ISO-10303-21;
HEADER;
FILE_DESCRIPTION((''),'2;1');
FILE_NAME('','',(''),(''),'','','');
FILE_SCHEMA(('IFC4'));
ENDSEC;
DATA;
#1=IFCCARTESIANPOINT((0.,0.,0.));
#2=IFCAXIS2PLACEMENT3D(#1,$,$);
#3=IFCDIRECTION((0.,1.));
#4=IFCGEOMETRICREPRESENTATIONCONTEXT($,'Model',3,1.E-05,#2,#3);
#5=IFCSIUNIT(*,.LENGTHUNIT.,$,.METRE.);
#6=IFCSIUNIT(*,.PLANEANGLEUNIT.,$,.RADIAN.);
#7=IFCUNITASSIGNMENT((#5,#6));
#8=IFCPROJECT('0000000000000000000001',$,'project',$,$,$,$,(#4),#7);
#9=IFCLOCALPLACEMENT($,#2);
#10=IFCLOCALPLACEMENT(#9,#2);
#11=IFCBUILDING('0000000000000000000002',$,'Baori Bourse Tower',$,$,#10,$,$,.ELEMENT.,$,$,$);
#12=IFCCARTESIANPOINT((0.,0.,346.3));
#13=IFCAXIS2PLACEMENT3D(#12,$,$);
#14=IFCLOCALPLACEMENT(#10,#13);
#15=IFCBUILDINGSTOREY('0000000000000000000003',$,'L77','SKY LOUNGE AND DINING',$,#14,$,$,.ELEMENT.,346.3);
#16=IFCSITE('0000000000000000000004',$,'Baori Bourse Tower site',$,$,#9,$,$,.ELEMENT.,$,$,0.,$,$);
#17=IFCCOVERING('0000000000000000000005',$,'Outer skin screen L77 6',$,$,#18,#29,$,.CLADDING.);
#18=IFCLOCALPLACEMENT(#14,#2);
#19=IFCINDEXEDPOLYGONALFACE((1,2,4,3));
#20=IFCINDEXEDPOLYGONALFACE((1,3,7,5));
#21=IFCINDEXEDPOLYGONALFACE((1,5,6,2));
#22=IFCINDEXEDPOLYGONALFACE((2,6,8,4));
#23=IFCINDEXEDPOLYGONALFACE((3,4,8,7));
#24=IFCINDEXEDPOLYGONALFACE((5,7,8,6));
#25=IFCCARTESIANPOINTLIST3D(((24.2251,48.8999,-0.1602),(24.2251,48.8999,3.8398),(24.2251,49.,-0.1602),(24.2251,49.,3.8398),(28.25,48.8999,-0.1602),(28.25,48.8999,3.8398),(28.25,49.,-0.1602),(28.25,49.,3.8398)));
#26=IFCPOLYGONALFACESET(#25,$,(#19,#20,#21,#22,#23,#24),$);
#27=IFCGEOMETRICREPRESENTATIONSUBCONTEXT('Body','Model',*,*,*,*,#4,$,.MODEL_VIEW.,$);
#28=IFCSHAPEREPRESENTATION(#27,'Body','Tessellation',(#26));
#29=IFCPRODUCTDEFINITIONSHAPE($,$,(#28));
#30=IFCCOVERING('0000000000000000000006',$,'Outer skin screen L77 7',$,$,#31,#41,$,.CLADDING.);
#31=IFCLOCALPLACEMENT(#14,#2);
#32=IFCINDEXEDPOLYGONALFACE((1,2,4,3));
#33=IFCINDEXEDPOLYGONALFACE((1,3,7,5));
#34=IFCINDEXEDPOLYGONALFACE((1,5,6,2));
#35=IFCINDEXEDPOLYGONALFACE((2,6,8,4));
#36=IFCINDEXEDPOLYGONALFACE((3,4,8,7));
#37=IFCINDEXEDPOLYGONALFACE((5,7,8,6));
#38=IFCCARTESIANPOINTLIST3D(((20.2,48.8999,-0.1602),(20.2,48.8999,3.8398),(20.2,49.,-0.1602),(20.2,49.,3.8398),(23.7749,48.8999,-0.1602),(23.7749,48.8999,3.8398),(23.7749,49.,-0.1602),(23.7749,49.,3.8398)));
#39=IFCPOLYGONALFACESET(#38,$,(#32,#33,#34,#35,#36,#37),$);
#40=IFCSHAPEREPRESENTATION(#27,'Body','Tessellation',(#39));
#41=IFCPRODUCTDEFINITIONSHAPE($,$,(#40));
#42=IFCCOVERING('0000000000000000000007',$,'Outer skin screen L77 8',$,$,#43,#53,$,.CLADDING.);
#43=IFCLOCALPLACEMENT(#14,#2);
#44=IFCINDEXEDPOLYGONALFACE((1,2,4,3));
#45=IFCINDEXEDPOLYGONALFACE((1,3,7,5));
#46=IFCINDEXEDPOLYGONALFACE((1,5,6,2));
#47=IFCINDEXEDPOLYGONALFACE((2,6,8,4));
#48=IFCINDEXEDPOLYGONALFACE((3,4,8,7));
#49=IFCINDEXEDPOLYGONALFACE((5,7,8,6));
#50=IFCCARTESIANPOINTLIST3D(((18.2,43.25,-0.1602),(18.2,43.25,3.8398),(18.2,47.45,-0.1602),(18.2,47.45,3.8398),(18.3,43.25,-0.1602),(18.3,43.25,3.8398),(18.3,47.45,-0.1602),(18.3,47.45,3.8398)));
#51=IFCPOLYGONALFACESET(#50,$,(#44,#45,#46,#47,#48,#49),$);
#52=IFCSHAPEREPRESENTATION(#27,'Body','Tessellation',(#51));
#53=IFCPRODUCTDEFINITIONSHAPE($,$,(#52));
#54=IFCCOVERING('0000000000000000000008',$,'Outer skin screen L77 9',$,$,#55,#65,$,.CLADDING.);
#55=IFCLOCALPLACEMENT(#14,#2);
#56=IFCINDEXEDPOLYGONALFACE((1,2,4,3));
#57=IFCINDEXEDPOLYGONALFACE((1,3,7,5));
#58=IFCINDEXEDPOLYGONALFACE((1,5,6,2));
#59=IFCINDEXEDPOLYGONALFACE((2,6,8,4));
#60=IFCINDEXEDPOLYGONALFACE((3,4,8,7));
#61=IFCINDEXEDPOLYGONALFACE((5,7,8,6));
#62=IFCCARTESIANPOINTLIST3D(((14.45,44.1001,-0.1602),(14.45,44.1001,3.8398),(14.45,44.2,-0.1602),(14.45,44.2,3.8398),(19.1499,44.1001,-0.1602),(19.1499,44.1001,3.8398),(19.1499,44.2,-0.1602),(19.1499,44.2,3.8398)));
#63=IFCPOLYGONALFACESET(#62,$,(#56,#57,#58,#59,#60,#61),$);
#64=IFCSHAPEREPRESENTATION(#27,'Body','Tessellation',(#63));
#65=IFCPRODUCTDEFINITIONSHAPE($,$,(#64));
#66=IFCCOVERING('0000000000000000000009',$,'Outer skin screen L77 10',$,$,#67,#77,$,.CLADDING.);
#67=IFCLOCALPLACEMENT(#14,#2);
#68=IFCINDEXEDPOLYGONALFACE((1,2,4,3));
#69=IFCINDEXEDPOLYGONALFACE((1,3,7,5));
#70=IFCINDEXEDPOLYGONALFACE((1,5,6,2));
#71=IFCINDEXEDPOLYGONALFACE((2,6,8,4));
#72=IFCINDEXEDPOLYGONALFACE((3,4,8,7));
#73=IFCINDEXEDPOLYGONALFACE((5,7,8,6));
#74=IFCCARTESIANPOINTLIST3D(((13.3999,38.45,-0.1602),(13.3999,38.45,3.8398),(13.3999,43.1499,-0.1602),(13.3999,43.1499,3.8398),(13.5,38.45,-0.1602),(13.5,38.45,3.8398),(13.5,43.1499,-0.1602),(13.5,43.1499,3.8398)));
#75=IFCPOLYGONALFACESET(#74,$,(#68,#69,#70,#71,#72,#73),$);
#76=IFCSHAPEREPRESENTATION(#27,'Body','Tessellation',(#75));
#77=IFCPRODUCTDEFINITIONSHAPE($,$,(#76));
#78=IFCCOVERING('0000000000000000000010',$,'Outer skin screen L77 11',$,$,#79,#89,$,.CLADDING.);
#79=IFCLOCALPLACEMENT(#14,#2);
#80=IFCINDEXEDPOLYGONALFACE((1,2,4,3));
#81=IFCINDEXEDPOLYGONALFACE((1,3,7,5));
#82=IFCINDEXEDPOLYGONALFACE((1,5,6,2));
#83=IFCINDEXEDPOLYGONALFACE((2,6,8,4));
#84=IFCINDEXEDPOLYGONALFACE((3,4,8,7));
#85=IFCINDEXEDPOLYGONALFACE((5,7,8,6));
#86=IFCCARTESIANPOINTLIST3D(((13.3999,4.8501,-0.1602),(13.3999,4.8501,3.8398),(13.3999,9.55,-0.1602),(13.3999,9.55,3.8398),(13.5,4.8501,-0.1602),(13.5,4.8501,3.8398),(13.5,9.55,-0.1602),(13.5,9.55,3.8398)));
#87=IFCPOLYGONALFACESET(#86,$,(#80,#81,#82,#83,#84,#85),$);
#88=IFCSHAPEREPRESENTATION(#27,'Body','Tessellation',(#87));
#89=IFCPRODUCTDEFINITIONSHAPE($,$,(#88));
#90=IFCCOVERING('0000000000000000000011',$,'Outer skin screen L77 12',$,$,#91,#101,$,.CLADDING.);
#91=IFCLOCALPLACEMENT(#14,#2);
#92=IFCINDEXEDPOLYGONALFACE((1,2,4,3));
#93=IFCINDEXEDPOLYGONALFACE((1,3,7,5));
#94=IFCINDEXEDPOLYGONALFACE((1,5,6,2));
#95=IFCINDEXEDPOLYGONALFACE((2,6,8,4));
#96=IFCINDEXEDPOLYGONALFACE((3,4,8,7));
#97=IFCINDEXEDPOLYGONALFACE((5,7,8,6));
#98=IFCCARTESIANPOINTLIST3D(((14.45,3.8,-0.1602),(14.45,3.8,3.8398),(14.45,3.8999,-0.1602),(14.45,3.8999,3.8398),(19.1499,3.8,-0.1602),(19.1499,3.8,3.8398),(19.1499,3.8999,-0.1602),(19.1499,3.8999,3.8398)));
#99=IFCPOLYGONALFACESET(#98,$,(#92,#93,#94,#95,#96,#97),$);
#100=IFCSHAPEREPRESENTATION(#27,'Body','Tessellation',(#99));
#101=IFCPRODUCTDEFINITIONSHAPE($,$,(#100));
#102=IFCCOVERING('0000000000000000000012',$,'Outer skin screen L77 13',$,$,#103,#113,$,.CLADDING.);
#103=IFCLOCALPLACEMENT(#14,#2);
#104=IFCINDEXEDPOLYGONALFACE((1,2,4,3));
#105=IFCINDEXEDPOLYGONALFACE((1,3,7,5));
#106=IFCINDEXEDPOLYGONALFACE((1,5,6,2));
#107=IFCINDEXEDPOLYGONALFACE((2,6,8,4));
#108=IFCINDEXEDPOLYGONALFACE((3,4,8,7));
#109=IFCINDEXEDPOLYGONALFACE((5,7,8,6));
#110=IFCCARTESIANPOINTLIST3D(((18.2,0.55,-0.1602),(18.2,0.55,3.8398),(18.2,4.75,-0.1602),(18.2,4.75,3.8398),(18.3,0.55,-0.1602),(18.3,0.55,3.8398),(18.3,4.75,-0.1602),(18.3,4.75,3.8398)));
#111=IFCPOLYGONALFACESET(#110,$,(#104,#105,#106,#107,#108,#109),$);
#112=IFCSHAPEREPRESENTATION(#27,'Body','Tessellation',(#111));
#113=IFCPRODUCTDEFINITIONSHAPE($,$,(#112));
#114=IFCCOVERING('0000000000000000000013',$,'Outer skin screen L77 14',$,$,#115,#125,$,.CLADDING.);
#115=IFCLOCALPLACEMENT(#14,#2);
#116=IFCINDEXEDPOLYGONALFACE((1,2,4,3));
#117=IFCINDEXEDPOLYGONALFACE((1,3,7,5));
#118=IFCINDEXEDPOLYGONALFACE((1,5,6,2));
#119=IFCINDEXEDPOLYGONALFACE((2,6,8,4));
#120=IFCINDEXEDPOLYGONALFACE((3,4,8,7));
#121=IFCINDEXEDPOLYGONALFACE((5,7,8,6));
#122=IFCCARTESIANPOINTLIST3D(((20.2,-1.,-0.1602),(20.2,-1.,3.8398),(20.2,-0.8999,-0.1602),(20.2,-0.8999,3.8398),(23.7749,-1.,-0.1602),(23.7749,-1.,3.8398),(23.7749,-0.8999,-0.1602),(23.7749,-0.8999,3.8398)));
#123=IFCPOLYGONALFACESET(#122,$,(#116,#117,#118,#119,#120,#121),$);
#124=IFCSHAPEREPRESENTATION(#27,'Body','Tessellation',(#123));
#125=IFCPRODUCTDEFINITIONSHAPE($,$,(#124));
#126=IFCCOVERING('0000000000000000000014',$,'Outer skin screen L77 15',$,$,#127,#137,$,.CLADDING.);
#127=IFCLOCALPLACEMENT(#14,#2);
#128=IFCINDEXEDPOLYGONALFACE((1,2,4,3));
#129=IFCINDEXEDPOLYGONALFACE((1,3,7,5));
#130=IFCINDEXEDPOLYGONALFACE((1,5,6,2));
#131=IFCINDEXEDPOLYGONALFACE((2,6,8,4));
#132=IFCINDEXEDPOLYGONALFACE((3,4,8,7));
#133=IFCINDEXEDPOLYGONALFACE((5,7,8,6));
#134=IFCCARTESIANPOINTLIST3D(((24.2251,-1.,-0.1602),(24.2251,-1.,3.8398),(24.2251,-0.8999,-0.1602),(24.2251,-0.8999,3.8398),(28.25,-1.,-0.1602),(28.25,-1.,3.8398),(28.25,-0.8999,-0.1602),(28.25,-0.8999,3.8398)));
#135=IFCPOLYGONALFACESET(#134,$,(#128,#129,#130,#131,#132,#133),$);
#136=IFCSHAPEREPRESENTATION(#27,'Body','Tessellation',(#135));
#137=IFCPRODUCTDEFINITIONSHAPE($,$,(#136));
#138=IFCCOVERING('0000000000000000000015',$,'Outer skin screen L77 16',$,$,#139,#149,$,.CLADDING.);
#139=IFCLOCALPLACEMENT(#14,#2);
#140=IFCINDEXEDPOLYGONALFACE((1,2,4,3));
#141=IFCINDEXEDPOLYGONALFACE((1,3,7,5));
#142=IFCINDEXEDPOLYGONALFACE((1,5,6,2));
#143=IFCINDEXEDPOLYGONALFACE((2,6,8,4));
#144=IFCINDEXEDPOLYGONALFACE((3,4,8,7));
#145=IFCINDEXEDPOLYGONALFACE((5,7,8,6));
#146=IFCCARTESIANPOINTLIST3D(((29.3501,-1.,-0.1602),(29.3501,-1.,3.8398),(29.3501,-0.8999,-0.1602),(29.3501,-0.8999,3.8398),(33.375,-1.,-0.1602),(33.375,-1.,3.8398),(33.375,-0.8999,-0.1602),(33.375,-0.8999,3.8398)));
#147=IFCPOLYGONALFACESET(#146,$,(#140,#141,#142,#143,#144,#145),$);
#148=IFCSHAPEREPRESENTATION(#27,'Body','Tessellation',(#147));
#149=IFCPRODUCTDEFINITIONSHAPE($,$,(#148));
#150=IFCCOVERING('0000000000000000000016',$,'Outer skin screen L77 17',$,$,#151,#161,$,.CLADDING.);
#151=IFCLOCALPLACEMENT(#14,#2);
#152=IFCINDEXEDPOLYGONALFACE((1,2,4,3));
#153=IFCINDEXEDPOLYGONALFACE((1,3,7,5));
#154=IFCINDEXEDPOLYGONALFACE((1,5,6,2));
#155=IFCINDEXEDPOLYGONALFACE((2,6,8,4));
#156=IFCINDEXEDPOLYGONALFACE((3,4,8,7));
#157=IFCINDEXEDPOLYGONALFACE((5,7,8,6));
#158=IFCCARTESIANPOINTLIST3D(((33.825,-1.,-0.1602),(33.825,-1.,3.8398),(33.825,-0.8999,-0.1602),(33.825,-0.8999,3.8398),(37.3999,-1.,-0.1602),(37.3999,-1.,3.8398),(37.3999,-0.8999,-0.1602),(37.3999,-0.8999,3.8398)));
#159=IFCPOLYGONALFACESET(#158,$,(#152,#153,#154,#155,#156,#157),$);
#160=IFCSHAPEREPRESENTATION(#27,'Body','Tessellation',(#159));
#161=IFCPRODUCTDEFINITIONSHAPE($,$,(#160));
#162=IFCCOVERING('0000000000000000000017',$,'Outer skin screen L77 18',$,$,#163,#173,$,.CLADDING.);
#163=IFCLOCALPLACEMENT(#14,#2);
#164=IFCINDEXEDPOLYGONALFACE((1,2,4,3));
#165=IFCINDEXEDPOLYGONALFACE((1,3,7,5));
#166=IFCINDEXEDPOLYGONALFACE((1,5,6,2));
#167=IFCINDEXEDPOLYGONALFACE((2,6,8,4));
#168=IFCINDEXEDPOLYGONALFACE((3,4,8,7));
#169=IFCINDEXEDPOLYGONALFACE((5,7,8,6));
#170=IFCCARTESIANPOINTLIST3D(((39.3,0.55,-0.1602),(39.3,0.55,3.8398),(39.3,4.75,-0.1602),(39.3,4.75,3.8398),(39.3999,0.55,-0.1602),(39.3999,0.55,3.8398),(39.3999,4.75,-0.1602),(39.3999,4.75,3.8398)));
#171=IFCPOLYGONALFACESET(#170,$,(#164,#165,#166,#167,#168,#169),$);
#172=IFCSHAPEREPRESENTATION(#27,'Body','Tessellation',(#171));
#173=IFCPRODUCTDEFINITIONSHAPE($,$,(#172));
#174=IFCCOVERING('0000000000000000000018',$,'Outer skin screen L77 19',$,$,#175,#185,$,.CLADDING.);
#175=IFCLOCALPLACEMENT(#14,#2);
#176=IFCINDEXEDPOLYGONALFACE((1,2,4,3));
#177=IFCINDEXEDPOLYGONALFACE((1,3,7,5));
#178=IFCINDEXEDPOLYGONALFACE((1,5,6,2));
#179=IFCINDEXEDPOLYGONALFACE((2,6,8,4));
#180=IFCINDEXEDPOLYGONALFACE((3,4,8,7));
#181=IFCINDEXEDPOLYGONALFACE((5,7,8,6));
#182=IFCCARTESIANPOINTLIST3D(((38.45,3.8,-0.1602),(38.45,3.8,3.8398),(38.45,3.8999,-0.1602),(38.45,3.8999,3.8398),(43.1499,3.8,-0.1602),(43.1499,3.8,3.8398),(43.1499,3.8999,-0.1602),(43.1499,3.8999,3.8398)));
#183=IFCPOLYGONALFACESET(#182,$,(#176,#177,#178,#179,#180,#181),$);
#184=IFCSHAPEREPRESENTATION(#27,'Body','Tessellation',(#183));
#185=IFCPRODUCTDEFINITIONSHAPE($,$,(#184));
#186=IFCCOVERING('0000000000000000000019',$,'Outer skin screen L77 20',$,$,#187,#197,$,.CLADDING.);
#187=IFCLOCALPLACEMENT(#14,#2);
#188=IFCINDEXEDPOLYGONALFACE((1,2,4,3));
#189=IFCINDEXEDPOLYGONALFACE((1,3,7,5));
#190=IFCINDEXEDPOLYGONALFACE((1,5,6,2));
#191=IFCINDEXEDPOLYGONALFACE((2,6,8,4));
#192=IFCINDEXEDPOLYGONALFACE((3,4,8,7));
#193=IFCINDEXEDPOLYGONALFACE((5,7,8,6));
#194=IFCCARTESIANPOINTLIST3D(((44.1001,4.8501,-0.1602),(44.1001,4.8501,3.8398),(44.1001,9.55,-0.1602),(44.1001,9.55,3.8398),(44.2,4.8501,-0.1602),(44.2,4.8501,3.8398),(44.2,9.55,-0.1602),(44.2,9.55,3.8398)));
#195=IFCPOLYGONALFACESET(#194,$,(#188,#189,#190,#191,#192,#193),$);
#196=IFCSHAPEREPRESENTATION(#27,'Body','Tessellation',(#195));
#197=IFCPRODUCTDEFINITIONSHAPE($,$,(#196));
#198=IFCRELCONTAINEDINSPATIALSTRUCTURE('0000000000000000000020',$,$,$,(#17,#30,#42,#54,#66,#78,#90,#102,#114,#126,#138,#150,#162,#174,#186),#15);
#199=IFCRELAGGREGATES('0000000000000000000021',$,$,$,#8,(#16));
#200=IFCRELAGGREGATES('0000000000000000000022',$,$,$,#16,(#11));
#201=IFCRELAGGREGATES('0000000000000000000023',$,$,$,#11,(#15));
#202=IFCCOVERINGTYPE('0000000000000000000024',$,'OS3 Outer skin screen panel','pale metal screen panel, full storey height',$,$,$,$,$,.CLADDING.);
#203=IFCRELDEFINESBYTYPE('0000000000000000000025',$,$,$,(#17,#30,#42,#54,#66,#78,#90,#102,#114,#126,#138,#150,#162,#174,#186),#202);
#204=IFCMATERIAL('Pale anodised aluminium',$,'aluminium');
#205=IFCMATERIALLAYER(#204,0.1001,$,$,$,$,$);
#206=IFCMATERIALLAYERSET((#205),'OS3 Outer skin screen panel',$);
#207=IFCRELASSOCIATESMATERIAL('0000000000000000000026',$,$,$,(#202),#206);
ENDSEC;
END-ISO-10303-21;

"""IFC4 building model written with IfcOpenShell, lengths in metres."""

from ifc_helpers import new_model, si_unit, direction, frame, origin, place, context, subcontext, project, spatial, polyline, outline, extrude, material, layer, layer_set, type_object, element, save


model = new_model("IFC4")

# Units and contexts
model_context = context("Model", 3, precision=1e-05, world=origin(), true_north=direction((0.0, 1.0)))
body_context = subcontext(model_context, "Body", "Model", "MODEL_VIEW")
ifc_project = project(units=[si_unit("LENGTHUNIT", "METRE"), si_unit("PLANEANGLEUNIT", "RADIAN")], contexts=[model_context])

# Site, building, storey
site_placement = place(None, origin())
site = spatial("IfcSite", under=ifc_project, at=site_placement, Name="Baori Bourse Tower site", CompositionType="ELEMENT", RefElevation=0.0)
building_placement = place(site_placement, origin())
building = spatial("IfcBuilding", under=site, at=building_placement, Name="Baori Bourse Tower", CompositionType="ELEMENT")
storey_placement = place(building_placement, frame((0.0, 0.0, 346.3)))
storey = spatial("IfcBuildingStorey", under=building, at=storey_placement, Name="L77", Description="SKY LOUNGE AND DINING", CompositionType="ELEMENT", Elevation=346.3)

# Coverings
ifc_material_1 = material(Name="Pale anodised aluminium", Category="aluminium")
ifc_layer_1 = layer(ifc_material_1, 0.1001)
ifc_layer_set_1 = layer_set([ifc_layer_1], Name="OS3 Outer skin screen panel")
covering_type = type_object("IfcCoveringType", Name="OS3 Outer skin screen panel", Description="pale metal screen panel, full storey height", PredefinedType="CLADDING", material=ifc_layer_set_1)
covering_1_placement = place(storey_placement, frame((0.0, 0.0, -0.1602)))
element("IfcCovering", 1, at=covering_1_placement, inside=storey, type_object=covering_type, Name="Outer skin screen L77 6", PredefinedType="CLADDING", context=body_context, shape_type="SweptSolid", body=[
    extrude(outline(polyline([(24.2251, 48.8999), (28.25, 48.8999), (28.25, 49.0), (24.2251, 49.0), (24.2251, 48.8999)])), origin(), (0.0, 0.0, 1.0), 4.0),
])
covering_2_placement = place(storey_placement, frame((0.0, 0.0, -0.1602)))
element("IfcCovering", 2, at=covering_2_placement, inside=storey, type_object=covering_type, Name="Outer skin screen L77 7", PredefinedType="CLADDING", context=body_context, shape_type="SweptSolid", body=[
    extrude(outline(polyline([(20.2, 48.8999), (23.7749, 48.8999), (23.7749, 49.0), (20.2, 49.0), (20.2, 48.8999)])), origin(), (0.0, 0.0, 1.0), 4.0),
])
covering_3_placement = place(storey_placement, frame((0.0, 0.0, -0.1602)))
element("IfcCovering", 3, at=covering_3_placement, inside=storey, type_object=covering_type, Name="Outer skin screen L77 8", PredefinedType="CLADDING", context=body_context, shape_type="SweptSolid", body=[
    extrude(outline(polyline([(18.3, 43.25), (18.3, 47.45), (18.2, 47.45), (18.2, 43.25), (18.3, 43.25)])), origin(), (0.0, 0.0, 1.0), 4.0),
])
covering_4_placement = place(storey_placement, frame((0.0, 0.0, -0.1602)))
element("IfcCovering", 4, at=covering_4_placement, inside=storey, type_object=covering_type, Name="Outer skin screen L77 9", PredefinedType="CLADDING", context=body_context, shape_type="SweptSolid", body=[
    extrude(outline(polyline([(14.45, 44.1001), (19.1499, 44.1001), (19.1499, 44.2), (14.45, 44.2), (14.45, 44.1001)])), origin(), (0.0, 0.0, 1.0), 4.0),
])
covering_5_placement = place(storey_placement, frame((0.0, 0.0, -0.1602)))
element("IfcCovering", 5, at=covering_5_placement, inside=storey, type_object=covering_type, Name="Outer skin screen L77 10", PredefinedType="CLADDING", context=body_context, shape_type="SweptSolid", body=[
    extrude(outline(polyline([(13.5, 38.45), (13.5, 43.1499), (13.3999, 43.1499), (13.3999, 38.45), (13.5, 38.45)])), origin(), (0.0, 0.0, 1.0), 4.0),
])
covering_6_placement = place(storey_placement, frame((0.0, 0.0, -0.1602)))
element("IfcCovering", 6, at=covering_6_placement, inside=storey, type_object=covering_type, Name="Outer skin screen L77 11", PredefinedType="CLADDING", context=body_context, shape_type="SweptSolid", body=[
    extrude(outline(polyline([(13.5, 4.8501), (13.5, 9.55), (13.3999, 9.55), (13.3999, 4.8501), (13.5, 4.8501)])), origin(), (0.0, 0.0, 1.0), 4.0),
])
covering_7_placement = place(storey_placement, frame((0.0, 0.0, -0.1602)))
element("IfcCovering", 7, at=covering_7_placement, inside=storey, type_object=covering_type, Name="Outer skin screen L77 12", PredefinedType="CLADDING", context=body_context, shape_type="SweptSolid", body=[
    extrude(outline(polyline([(19.1499, 3.8999), (14.45, 3.8999), (14.45, 3.8), (19.1499, 3.8), (19.1499, 3.8999)])), origin(), (0.0, 0.0, 1.0), 4.0),
])
covering_8_placement = place(storey_placement, frame((0.0, 0.0, -0.1602)))
element("IfcCovering", 8, at=covering_8_placement, inside=storey, type_object=covering_type, Name="Outer skin screen L77 13", PredefinedType="CLADDING", context=body_context, shape_type="SweptSolid", body=[
    extrude(outline(polyline([(18.3, 0.55), (18.3, 4.75), (18.2, 4.75), (18.2, 0.55), (18.3, 0.55)])), origin(), (0.0, 0.0, 1.0), 4.0),
])
covering_9_placement = place(storey_placement, frame((0.0, 0.0, -0.1602)))
element("IfcCovering", 9, at=covering_9_placement, inside=storey, type_object=covering_type, Name="Outer skin screen L77 14", PredefinedType="CLADDING", context=body_context, shape_type="SweptSolid", body=[
    extrude(outline(polyline([(23.7749, -0.8999), (20.2, -0.8999), (20.2, -1.0), (23.7749, -1.0), (23.7749, -0.8999)])), origin(), (0.0, 0.0, 1.0), 4.0),
])
covering_10_placement = place(storey_placement, frame((0.0, 0.0, -0.1602)))
element("IfcCovering", 10, at=covering_10_placement, inside=storey, type_object=covering_type, Name="Outer skin screen L77 15", PredefinedType="CLADDING", context=body_context, shape_type="SweptSolid", body=[
    extrude(outline(polyline([(28.25, -0.8999), (24.2251, -0.8999), (24.2251, -1.0), (28.25, -1.0), (28.25, -0.8999)])), origin(), (0.0, 0.0, 1.0), 4.0),
])
covering_11_placement = place(storey_placement, frame((0.0, 0.0, -0.1602)))
element("IfcCovering", 11, at=covering_11_placement, inside=storey, type_object=covering_type, Name="Outer skin screen L77 16", PredefinedType="CLADDING", context=body_context, shape_type="SweptSolid", body=[
    extrude(outline(polyline([(33.375, -0.8999), (29.3501, -0.8999), (29.3501, -1.0), (33.375, -1.0), (33.375, -0.8999)])), origin(), (0.0, 0.0, 1.0), 4.0),
])
covering_12_placement = place(storey_placement, frame((0.0, 0.0, -0.1602)))
element("IfcCovering", 12, at=covering_12_placement, inside=storey, type_object=covering_type, Name="Outer skin screen L77 17", PredefinedType="CLADDING", context=body_context, shape_type="SweptSolid", body=[
    extrude(outline(polyline([(37.3999, -0.8999), (33.825, -0.8999), (33.825, -1.0), (37.3999, -1.0), (37.3999, -0.8999)])), origin(), (0.0, 0.0, 1.0), 4.0),
])
covering_13_placement = place(storey_placement, frame((0.0, 0.0, -0.1602)))
element("IfcCovering", 13, at=covering_13_placement, inside=storey, type_object=covering_type, Name="Outer skin screen L77 18", PredefinedType="CLADDING", context=body_context, shape_type="SweptSolid", body=[
    extrude(outline(polyline([(39.3, 4.75), (39.3, 0.55), (39.3999, 0.55), (39.3999, 4.75), (39.3, 4.75)])), origin(), (0.0, 0.0, 1.0), 4.0),
])
covering_14_placement = place(storey_placement, frame((0.0, 0.0, -0.1602)))
element("IfcCovering", 14, at=covering_14_placement, inside=storey, type_object=covering_type, Name="Outer skin screen L77 19", PredefinedType="CLADDING", context=body_context, shape_type="SweptSolid", body=[
    extrude(outline(polyline([(43.1499, 3.8999), (38.45, 3.8999), (38.45, 3.8), (43.1499, 3.8), (43.1499, 3.8999)])), origin(), (0.0, 0.0, 1.0), 4.0),
])
covering_15_placement = place(storey_placement, frame((0.0, 0.0, -0.1602)))
element("IfcCovering", 15, at=covering_15_placement, inside=storey, type_object=covering_type, Name="Outer skin screen L77 20", PredefinedType="CLADDING", context=body_context, shape_type="SweptSolid", body=[
    extrude(outline(polyline([(44.1001, 9.55), (44.1001, 4.8501), (44.2, 4.8501), (44.2, 9.55), (44.1001, 9.55)])), origin(), (0.0, 0.0, 1.0), 4.0),
])

save(model, "model.ifc")
